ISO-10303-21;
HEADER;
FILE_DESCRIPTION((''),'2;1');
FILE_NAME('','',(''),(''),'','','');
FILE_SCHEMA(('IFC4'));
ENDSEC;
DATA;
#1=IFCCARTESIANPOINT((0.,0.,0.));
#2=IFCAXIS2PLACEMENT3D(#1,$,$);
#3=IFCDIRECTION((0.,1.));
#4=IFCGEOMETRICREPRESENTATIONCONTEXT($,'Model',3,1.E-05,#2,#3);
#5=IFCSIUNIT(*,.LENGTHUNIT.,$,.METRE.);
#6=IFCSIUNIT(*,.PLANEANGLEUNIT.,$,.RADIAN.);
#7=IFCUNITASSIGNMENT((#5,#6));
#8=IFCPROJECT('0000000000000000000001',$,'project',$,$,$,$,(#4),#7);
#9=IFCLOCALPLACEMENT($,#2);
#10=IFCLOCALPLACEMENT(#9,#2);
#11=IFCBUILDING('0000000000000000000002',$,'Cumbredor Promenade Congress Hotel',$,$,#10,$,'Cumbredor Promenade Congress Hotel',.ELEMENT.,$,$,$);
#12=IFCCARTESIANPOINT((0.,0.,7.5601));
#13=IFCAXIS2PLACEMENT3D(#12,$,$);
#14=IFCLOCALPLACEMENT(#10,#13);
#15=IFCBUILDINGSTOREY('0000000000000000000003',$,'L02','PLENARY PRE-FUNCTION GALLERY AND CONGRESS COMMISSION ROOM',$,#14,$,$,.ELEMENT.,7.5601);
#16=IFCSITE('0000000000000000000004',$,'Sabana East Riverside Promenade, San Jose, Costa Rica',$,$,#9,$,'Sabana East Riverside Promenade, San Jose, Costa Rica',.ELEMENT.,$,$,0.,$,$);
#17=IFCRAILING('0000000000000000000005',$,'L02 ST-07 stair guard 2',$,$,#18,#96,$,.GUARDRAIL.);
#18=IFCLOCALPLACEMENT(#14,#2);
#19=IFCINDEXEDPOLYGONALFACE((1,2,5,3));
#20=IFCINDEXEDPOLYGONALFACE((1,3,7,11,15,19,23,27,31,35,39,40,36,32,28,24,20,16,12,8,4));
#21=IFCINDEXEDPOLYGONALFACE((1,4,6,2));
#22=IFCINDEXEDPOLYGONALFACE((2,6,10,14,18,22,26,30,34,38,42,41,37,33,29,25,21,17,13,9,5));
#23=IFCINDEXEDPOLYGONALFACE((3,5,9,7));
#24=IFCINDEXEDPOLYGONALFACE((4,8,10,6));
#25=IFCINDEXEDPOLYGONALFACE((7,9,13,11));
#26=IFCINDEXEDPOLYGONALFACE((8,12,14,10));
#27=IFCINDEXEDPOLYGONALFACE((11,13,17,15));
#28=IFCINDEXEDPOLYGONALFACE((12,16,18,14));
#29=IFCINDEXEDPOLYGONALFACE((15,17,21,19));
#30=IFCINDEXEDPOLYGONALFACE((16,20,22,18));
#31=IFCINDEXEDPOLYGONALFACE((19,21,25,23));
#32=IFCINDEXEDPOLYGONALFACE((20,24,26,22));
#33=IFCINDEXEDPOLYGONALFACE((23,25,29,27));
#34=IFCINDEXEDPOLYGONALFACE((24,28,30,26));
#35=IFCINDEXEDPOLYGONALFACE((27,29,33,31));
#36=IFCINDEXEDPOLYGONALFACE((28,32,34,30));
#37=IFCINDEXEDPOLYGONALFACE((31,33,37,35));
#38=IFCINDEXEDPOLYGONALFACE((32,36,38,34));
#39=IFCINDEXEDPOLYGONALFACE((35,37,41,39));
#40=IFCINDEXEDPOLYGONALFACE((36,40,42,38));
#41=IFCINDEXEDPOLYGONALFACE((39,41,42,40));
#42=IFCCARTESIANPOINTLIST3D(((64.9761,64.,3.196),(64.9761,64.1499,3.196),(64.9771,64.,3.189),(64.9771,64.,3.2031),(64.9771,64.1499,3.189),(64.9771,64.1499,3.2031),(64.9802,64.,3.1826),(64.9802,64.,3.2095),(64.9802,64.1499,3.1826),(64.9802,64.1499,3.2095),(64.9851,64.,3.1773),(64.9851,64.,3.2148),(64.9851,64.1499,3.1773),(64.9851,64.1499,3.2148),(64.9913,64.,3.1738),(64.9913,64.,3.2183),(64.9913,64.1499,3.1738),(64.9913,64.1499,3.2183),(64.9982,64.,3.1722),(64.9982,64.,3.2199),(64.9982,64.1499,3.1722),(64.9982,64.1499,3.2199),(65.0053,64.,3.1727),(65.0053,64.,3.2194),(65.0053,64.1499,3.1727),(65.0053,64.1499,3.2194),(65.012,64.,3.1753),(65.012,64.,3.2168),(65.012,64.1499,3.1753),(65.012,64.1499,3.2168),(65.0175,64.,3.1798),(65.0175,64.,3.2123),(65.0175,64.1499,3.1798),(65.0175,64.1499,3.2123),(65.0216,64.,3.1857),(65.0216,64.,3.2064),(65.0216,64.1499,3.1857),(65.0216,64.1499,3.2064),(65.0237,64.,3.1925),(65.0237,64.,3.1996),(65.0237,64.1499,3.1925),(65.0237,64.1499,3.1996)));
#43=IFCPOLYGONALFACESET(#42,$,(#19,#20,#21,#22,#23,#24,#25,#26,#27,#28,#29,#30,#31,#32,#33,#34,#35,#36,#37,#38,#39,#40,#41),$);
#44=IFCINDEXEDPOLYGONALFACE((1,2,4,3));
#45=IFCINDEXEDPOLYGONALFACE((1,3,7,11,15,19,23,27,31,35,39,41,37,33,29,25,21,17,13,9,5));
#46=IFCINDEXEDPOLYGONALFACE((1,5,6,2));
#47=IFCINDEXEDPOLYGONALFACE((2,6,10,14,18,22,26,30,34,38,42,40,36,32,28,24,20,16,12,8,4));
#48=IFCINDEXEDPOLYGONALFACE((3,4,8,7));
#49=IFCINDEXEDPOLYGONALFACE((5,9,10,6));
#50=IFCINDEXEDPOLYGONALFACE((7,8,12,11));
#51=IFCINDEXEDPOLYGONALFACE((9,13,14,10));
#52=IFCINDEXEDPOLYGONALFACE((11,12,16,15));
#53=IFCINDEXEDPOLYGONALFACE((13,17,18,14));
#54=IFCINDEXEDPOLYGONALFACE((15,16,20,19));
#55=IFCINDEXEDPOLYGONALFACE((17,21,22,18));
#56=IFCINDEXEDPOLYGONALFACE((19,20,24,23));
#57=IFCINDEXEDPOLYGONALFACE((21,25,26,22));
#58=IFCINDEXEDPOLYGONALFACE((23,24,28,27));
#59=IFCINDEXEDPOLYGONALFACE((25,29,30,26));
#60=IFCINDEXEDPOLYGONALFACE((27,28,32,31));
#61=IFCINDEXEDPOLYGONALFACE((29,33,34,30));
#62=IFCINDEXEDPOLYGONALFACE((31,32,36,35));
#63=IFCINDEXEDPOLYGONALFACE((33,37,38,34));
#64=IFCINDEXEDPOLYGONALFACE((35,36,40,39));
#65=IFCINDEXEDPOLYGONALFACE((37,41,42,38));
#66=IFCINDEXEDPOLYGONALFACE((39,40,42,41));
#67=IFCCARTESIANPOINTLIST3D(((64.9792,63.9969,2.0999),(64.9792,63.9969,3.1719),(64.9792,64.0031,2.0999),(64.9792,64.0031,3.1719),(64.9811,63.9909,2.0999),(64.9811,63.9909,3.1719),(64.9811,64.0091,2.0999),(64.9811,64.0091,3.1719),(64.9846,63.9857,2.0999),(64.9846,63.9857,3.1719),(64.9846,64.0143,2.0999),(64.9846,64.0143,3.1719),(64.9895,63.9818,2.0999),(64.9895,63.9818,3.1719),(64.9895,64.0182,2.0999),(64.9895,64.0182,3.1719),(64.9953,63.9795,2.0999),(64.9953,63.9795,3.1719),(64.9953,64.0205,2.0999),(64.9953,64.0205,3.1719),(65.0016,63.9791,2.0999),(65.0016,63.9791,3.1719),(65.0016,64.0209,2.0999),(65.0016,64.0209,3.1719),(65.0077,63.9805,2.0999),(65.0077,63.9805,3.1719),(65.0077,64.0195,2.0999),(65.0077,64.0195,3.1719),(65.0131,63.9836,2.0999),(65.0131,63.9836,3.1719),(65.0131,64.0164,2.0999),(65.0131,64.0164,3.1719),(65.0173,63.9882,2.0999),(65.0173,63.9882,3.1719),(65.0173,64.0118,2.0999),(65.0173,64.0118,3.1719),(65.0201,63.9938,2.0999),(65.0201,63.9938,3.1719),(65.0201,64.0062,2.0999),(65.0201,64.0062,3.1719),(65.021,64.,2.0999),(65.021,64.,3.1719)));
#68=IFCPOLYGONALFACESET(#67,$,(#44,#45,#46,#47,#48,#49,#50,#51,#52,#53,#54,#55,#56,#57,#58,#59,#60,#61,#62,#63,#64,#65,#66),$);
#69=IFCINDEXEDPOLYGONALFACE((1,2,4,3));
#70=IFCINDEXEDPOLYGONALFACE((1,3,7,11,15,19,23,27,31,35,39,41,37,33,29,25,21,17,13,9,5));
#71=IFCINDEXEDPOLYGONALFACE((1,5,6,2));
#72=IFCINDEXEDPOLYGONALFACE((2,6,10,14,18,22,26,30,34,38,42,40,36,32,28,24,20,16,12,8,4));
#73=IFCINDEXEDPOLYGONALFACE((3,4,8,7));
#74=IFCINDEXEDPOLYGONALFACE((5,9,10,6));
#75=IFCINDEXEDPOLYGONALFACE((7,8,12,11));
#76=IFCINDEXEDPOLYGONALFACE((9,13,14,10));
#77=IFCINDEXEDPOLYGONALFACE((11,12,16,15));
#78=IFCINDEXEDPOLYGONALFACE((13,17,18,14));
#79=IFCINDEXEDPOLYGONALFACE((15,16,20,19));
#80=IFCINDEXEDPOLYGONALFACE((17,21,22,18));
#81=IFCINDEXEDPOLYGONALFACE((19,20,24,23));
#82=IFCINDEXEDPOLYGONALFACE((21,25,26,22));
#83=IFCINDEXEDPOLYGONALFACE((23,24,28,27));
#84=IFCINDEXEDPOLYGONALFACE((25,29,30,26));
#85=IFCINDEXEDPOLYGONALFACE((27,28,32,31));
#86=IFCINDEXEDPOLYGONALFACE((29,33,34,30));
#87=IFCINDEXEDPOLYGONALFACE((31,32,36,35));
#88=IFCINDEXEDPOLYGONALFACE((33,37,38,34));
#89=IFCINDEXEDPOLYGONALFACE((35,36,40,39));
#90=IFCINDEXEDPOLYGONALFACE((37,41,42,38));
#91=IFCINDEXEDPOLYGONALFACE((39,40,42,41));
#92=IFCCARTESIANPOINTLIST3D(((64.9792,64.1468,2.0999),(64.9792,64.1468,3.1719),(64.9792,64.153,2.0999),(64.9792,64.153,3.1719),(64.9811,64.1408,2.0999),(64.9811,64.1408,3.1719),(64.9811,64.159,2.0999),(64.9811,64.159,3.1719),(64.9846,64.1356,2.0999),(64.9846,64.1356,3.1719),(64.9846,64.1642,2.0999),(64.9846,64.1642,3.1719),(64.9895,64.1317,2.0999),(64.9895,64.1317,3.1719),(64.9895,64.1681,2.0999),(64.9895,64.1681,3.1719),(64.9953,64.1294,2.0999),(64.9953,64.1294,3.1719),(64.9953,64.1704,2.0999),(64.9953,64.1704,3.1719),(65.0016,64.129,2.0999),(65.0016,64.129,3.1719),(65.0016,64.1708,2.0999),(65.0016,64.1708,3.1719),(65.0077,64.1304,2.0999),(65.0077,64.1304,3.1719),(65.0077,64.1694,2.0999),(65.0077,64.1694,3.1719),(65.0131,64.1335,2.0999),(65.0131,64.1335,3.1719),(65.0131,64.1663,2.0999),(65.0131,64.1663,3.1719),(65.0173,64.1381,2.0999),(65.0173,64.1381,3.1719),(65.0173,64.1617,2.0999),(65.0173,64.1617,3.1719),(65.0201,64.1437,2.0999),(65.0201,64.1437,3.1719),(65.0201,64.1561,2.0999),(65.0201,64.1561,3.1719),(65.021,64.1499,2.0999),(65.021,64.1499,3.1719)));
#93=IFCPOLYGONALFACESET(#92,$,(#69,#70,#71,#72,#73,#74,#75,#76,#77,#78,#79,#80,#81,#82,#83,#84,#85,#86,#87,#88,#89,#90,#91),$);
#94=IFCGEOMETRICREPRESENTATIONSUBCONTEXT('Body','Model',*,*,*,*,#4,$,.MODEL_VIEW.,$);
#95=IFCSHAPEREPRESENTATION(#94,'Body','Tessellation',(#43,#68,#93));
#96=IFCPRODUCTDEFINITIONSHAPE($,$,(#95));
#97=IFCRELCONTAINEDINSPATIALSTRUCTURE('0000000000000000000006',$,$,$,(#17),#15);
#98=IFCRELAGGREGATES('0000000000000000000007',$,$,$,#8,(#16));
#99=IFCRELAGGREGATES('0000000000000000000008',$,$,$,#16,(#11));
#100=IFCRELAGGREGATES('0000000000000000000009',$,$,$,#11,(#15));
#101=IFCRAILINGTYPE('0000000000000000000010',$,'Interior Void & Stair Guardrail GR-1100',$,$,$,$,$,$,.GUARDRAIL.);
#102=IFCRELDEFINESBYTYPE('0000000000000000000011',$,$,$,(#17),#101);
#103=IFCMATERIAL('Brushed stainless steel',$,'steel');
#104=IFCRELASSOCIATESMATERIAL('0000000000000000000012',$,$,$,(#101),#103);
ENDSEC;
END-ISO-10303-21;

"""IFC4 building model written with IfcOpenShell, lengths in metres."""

from ifc_helpers import new_model, si_unit, direction, frame, origin, origin_2d, place, context, subcontext, project, spatial, circle, extrude, material, type_object, element, save


model = new_model("IFC4")

# Units and contexts
model_context = context("Model", 3, precision=1e-05, world=origin(), true_north=direction((0.0, 1.0)))
body_context = subcontext(model_context, "Body", "Model", "MODEL_VIEW")
ifc_project = project(units=[si_unit("LENGTHUNIT", "METRE"), si_unit("PLANEANGLEUNIT", "RADIAN")], contexts=[model_context])

# Site, building, storey
site_placement = place(None, origin())
site = spatial("IfcSite", under=ifc_project, at=site_placement, Name="Sabana East Riverside Promenade, San Jose, Costa Rica", LongName="Sabana East Riverside Promenade, San Jose, Costa Rica", CompositionType="ELEMENT", RefElevation=0.0)
building_placement = place(site_placement, origin())
building = spatial("IfcBuilding", under=site, at=building_placement, Name="Cumbredor Promenade Congress Hotel", LongName="Cumbredor Promenade Congress Hotel", CompositionType="ELEMENT")
storey_placement = place(building_placement, frame((0.0, 0.0, 7.5601)))
storey = spatial("IfcBuildingStorey", under=building, at=storey_placement, Name="L02", Description="PLENARY PRE-FUNCTION GALLERY AND CONGRESS COMMISSION ROOM", CompositionType="ELEMENT", Elevation=7.5601)

# Railing
ifc_material_1 = material(Name="Brushed stainless steel", Category="steel")
railing_type_1 = type_object("IfcRailingType", Name="Interior Void & Stair Guardrail GR-1100", PredefinedType="GUARDRAIL", material=ifc_material_1)
railing_1_placement = place(storey_placement, frame((65.0, 64.0, 2.0999)))
element("IfcRailing", 1, at=railing_1_placement, inside=storey, type_object=railing_type_1, Name="L02 ST-07 stair guard 2", PredefinedType="GUARDRAIL", context=body_context, shape_type="SweptSolid", body=[
    extrude(circle(Radius=0.0239, at=origin_2d()), frame((0.0, 0.0, 1.0962), z_axis=(0.0, 1.0, 0.0), x_axis=(-1.0, 0.0, 0.0)), (0.0, 0.0, 1.0), 0.1499),
    extrude(circle(Radius=0.021, at=origin_2d()), origin(), (0.0, 0.0, 1.0), 1.072),
    extrude(circle(Radius=0.021, at=origin_2d()), frame((0.0, 0.1499, 0.0)), (0.0, 0.0, 1.0), 1.072),
])

save(model, "model.ifc")
